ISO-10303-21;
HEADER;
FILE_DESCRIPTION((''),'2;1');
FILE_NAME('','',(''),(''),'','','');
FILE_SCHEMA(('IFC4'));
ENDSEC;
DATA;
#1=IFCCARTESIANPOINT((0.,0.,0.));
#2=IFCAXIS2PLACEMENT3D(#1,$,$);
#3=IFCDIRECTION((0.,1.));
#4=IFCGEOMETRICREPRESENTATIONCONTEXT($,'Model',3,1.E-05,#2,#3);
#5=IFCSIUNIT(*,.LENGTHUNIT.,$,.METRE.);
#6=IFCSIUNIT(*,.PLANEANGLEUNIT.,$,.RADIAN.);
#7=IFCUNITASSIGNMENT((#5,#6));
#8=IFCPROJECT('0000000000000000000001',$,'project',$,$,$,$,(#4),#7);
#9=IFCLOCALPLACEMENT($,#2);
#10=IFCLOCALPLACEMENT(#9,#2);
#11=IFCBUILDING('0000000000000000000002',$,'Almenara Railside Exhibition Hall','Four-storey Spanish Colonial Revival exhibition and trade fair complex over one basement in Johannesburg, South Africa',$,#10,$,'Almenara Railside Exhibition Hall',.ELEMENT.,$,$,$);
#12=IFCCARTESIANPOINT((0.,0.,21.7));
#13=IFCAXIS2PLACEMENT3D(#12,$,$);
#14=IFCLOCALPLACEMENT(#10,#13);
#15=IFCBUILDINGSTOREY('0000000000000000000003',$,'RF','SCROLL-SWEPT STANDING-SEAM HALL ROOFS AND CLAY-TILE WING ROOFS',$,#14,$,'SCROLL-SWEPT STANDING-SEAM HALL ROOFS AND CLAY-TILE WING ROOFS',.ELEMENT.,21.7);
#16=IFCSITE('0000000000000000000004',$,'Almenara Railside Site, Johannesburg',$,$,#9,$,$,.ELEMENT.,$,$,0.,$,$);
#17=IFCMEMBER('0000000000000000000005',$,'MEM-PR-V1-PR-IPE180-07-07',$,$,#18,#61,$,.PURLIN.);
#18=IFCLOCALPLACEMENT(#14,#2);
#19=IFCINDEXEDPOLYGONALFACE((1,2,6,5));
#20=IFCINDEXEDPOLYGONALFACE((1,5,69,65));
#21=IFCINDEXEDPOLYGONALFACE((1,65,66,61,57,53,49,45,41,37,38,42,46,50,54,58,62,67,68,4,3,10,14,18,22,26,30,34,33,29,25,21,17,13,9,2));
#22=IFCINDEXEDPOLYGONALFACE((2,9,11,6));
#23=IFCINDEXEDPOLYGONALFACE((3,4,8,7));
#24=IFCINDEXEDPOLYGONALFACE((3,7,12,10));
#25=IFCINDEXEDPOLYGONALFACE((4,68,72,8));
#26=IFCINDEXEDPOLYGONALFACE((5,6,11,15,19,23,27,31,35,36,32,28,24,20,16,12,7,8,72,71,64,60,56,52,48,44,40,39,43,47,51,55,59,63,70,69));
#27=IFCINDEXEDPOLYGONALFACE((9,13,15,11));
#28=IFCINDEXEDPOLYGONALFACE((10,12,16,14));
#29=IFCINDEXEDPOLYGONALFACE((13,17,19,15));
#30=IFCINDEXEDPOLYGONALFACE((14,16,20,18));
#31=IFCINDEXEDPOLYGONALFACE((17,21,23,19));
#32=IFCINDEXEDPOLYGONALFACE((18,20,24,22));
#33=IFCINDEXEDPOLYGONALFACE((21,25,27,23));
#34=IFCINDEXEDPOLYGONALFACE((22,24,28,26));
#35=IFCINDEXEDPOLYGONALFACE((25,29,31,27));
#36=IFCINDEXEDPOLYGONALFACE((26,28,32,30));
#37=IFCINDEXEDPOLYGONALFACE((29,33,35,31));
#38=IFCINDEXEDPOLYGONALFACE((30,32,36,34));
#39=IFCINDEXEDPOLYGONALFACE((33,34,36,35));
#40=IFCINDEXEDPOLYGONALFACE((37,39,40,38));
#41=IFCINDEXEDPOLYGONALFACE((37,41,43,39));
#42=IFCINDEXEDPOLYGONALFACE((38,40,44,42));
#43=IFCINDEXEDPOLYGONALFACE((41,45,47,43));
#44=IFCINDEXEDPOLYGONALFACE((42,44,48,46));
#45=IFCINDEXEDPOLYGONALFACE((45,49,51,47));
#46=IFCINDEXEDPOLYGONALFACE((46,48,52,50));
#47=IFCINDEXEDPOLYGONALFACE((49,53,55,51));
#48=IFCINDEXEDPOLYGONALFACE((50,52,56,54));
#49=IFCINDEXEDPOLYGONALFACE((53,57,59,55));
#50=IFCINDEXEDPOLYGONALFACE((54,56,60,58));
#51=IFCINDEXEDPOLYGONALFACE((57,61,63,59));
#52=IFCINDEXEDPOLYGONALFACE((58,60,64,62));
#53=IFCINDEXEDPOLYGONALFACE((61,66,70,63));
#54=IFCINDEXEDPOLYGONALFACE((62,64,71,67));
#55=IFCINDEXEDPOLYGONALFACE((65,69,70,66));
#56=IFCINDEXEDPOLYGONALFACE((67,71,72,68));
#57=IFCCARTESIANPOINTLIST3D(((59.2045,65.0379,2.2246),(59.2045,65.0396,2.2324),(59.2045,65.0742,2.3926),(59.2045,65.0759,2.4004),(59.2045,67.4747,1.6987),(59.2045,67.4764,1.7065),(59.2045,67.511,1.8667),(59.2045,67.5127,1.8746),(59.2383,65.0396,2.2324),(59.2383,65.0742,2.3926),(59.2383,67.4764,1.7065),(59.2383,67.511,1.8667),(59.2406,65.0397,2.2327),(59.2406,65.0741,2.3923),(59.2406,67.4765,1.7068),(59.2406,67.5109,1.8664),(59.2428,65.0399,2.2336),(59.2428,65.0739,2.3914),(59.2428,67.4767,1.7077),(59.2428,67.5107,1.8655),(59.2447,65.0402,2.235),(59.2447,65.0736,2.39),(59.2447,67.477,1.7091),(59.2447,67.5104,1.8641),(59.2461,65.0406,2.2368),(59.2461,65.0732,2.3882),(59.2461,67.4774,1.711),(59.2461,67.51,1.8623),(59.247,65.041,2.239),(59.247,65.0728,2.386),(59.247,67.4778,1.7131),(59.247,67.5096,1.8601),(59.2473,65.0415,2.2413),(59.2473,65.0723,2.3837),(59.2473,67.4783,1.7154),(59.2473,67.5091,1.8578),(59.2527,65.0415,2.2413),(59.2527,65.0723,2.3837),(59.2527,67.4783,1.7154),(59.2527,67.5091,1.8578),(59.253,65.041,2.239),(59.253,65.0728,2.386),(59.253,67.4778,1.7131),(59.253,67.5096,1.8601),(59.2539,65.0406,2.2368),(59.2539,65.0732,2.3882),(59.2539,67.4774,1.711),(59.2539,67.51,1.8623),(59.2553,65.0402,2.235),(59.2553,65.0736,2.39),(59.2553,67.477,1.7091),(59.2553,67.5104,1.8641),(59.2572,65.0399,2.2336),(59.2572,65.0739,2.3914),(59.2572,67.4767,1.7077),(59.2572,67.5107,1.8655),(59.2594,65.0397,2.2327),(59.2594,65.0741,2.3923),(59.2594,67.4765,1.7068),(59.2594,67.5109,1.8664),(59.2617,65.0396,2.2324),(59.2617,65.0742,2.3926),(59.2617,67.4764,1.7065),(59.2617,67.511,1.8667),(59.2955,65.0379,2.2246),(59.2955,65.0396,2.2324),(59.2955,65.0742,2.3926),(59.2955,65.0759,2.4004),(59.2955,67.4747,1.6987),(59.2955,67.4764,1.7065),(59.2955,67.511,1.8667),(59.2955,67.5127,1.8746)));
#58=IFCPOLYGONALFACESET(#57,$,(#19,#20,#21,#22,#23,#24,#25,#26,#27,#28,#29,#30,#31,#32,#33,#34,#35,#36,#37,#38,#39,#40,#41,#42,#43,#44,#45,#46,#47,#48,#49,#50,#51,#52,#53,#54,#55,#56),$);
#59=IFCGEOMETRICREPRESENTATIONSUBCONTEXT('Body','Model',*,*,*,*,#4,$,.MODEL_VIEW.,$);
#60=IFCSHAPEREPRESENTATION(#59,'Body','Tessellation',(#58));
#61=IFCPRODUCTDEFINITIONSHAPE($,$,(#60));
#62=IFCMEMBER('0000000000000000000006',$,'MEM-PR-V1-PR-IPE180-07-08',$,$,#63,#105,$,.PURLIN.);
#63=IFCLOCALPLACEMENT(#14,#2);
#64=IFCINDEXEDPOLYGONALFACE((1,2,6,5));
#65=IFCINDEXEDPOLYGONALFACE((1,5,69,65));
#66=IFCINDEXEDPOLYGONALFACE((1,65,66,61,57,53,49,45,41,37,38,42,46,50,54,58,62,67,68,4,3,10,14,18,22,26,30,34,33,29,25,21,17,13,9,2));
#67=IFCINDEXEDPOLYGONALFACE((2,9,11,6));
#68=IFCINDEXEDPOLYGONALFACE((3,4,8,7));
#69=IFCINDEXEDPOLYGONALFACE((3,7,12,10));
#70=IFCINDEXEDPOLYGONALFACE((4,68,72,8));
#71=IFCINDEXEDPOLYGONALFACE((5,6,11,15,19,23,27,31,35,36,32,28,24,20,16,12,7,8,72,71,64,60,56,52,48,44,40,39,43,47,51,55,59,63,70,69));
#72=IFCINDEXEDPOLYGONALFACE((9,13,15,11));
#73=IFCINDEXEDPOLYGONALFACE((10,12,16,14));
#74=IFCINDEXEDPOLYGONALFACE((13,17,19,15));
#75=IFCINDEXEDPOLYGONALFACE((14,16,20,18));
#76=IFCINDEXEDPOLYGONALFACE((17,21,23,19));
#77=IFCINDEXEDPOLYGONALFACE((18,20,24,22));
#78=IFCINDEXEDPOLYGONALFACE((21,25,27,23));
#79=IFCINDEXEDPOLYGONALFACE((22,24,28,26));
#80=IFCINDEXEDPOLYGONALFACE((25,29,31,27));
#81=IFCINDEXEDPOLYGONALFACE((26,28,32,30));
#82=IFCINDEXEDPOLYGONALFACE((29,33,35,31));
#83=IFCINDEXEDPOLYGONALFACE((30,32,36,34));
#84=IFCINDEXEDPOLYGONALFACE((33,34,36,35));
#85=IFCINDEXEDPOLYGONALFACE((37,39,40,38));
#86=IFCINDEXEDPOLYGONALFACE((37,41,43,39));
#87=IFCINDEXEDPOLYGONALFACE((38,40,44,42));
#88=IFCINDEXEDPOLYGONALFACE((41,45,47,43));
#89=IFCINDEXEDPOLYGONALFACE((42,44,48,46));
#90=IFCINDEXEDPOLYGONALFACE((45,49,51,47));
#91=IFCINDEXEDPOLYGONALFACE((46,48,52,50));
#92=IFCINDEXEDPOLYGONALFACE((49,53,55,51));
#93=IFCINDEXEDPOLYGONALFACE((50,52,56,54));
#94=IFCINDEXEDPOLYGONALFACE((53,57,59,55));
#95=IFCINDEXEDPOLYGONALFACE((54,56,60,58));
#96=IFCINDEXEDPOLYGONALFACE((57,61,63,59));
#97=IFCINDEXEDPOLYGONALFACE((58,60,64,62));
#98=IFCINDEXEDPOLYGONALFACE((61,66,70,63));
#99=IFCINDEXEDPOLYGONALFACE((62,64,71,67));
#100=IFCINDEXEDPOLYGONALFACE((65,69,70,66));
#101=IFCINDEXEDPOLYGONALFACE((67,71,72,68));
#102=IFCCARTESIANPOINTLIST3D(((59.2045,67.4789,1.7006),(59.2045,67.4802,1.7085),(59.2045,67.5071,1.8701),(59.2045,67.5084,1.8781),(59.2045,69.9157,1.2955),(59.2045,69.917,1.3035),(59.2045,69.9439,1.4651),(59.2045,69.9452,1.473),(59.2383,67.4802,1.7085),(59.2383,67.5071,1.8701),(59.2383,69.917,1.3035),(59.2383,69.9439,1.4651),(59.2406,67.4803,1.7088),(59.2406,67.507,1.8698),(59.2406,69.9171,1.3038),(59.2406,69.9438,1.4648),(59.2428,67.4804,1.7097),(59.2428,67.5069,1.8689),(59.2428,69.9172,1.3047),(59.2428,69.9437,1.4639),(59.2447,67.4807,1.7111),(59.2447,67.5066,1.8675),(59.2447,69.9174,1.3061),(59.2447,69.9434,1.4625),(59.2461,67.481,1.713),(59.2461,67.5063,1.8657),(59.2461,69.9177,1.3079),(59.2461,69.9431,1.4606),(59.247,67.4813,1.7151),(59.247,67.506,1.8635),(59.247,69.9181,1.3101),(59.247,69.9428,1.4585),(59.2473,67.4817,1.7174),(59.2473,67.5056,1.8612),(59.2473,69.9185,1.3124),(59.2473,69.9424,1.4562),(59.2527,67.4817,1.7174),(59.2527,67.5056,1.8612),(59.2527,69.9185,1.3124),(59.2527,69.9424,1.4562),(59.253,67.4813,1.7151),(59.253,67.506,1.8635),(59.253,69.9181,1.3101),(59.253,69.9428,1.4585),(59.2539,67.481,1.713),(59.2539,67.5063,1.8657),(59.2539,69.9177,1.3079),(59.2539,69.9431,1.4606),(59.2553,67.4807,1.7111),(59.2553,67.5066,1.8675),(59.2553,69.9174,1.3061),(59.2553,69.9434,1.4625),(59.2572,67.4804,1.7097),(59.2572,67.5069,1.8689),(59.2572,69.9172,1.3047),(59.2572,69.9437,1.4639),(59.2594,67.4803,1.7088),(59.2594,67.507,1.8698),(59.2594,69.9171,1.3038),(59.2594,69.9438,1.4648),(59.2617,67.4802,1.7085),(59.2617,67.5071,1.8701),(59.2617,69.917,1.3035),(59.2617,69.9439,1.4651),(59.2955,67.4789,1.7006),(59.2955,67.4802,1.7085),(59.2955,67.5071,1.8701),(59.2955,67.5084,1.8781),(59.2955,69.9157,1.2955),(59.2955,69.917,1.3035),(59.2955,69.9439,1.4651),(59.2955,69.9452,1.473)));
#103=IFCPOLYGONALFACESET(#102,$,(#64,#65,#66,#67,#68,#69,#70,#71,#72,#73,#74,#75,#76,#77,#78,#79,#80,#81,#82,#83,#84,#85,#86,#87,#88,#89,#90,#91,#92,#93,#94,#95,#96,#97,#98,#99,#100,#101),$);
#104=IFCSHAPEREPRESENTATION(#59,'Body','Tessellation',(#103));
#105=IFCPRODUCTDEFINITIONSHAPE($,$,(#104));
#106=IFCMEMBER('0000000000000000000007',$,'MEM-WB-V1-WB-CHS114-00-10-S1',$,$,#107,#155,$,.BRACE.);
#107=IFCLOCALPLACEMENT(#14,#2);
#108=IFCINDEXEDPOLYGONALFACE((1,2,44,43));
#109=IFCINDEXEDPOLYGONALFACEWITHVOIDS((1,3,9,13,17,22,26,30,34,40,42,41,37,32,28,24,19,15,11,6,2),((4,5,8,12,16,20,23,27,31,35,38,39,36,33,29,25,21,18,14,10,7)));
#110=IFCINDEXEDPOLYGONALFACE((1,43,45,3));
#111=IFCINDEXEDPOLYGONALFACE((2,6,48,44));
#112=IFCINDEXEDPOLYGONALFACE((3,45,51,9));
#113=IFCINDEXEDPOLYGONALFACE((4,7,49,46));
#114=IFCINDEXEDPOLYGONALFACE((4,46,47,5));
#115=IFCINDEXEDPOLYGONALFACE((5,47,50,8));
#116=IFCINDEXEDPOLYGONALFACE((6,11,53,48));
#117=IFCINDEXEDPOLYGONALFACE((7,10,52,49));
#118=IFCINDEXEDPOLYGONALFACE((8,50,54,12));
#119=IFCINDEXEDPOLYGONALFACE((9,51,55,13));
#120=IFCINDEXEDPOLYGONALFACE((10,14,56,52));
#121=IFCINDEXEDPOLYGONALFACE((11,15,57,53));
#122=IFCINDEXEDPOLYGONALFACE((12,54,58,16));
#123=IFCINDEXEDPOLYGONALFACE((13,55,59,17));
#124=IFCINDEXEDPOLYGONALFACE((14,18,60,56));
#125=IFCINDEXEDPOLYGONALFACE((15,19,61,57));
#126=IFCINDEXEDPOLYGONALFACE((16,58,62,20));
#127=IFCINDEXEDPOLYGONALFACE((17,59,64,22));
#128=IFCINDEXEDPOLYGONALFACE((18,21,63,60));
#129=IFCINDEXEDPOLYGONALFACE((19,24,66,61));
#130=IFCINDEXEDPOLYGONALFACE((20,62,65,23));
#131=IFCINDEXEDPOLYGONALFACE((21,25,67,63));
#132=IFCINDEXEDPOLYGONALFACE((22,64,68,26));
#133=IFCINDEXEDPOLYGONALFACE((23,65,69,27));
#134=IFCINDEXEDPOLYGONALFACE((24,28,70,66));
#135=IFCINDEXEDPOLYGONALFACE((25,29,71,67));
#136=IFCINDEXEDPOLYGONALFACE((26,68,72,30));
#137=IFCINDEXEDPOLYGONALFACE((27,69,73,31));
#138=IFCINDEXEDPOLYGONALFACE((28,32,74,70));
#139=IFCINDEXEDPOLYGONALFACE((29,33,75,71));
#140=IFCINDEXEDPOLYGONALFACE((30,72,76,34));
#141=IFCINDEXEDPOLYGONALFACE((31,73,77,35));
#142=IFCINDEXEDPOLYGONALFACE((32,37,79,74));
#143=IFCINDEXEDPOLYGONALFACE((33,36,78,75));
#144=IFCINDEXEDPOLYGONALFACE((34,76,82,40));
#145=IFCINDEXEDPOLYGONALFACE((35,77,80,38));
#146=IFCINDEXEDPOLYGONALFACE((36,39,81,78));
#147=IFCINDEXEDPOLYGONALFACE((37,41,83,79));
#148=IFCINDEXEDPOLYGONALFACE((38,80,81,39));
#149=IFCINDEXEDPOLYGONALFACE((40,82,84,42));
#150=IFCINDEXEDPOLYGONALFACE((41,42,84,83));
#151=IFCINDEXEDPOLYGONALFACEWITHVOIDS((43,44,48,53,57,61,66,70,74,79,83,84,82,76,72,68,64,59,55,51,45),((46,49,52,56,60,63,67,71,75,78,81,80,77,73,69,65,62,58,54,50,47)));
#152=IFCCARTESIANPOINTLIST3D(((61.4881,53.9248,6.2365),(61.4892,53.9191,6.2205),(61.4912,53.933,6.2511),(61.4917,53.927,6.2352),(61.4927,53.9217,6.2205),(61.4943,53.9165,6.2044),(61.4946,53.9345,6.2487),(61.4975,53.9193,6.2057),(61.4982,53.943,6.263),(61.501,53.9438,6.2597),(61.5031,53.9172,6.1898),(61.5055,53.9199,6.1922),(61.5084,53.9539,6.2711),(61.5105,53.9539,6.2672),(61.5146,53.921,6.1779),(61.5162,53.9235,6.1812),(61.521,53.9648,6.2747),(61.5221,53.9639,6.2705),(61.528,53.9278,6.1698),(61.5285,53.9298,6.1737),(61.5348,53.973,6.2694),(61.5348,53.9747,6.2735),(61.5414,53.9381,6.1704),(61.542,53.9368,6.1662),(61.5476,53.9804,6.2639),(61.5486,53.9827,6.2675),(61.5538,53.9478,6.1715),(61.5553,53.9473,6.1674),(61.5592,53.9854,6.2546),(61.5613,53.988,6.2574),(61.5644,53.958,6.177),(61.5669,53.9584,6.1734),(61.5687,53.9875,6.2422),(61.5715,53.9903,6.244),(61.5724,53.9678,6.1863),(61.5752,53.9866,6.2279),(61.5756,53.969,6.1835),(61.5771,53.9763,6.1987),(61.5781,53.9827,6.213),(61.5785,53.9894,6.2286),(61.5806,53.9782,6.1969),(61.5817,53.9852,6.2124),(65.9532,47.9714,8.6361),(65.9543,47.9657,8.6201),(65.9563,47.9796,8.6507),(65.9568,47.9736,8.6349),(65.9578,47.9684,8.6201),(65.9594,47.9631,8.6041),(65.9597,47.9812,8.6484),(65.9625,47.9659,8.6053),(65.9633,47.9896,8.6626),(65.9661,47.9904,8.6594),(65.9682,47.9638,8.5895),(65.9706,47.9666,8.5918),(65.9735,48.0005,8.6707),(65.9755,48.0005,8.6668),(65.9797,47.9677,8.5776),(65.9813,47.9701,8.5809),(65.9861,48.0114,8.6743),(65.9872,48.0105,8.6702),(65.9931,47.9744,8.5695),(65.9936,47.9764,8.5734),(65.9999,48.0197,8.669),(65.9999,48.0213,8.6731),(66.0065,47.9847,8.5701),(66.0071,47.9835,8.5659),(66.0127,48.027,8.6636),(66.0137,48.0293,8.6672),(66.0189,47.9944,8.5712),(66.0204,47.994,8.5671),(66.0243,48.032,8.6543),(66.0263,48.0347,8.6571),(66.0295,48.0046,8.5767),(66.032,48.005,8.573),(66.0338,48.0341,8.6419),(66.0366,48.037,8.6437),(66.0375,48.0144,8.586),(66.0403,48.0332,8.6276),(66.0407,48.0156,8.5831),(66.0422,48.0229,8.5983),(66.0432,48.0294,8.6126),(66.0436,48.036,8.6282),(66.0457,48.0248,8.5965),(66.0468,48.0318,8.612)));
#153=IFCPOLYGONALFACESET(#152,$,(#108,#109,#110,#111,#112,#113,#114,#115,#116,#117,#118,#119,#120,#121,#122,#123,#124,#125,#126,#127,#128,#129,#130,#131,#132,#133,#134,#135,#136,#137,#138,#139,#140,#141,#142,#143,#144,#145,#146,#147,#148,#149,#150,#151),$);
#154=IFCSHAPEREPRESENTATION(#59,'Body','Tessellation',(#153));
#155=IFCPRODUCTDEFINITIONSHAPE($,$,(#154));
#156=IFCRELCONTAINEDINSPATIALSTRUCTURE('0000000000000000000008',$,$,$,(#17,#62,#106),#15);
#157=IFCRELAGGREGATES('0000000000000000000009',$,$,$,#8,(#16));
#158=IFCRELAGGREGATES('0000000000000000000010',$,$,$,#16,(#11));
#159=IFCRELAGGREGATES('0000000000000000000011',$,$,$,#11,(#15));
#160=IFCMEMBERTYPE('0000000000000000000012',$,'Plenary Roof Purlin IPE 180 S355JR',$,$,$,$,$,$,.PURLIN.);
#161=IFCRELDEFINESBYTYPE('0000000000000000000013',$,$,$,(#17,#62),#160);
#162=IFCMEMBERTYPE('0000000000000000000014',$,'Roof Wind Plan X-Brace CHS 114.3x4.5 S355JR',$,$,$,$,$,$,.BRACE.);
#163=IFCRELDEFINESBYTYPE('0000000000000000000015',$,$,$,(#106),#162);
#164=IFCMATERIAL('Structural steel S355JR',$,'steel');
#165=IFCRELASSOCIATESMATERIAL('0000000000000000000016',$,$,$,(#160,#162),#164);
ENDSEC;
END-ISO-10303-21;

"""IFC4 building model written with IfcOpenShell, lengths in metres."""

from ifc_helpers import new_model, si_unit, direction, frame, origin, origin_2d, place, context, subcontext, project, spatial, hollow_circle, i_section, extrude, material, material_profile, profile_set, type_object, element, save


model = new_model("IFC4")

# Units and contexts
model_context = context("Model", 3, precision=1e-05, world=origin(), true_north=direction((0.0, 1.0)))
body_context = subcontext(model_context, "Body", "Model", "MODEL_VIEW")
ifc_project = project(units=[si_unit("LENGTHUNIT", "METRE"), si_unit("PLANEANGLEUNIT", "RADIAN")], contexts=[model_context])

# Site, building, storey
site_placement = place(None, origin())
site = spatial("IfcSite", under=ifc_project, at=site_placement, Name="Almenara Railside Site, Johannesburg", CompositionType="ELEMENT", RefElevation=0.0)
building_placement = place(site_placement, origin())
building = spatial("IfcBuilding", under=site, at=building_placement, Name="Almenara Railside Exhibition Hall", Description="Four-storey Spanish Colonial Revival exhibition and trade fair complex over one basement in Johannesburg, South Africa", LongName="Almenara Railside Exhibition Hall", CompositionType="ELEMENT")
storey_placement = place(building_placement, frame((0.0, 0.0, 21.7)))
storey = spatial("IfcBuildingStorey", under=building, at=storey_placement, Name="RF", Description="SCROLL-SWEPT STANDING-SEAM HALL ROOFS AND CLAY-TILE WING ROOFS", LongName="SCROLL-SWEPT STANDING-SEAM HALL ROOFS AND CLAY-TILE WING ROOFS", CompositionType="ELEMENT", Elevation=21.7)

# Shared definitions
ifc_material_1 = material(Name="Structural steel S355JR", Category="steel")

# Members
ifc_material_profile_1 = material_profile(ifc_material_1, i_section(OverallWidth=0.0911, OverallDepth=0.1799, WebThickness=0.0054, FlangeThickness=0.0081, FilletRadius=0.009, at=origin_2d()), Name="IPE 180")
ifc_profile_set_1 = profile_set([ifc_material_profile_1], Name="Structural steel S355JR")
member_type_1 = type_object("IfcMemberType", Name="Plenary Roof Purlin IPE 180 S355JR", PredefinedType="PURLIN", material=ifc_profile_set_1)
member_1_placement = place(storey_placement, frame((59.25, 65.0569, 2.3125), z_axis=(0.0, 0.977496, -0.210953), x_axis=(-1.0, 0.0, 0.0)))
element("IfcMember", 1, at=member_1_placement, inside=storey, type_object=member_type_1, Name="MEM-PR-V1-PR-IPE180-07-07", PredefinedType="PURLIN", context=body_context, shape_type="SweptSolid", body=[
    extrude(i_section(OverallWidth=0.0911, OverallDepth=0.1799, WebThickness=0.0054, FlangeThickness=0.0081, FilletRadius=0.009, at=origin_2d()), origin(), (0.0, 0.0, 1.0), 2.4929),
])
member_2_placement = place(storey_placement, frame((59.25, 67.4937, 1.7893), z_axis=(0.0, 0.986466, -0.163966), x_axis=(-1.0, 0.0, 0.0)))
element("IfcMember", 2, at=member_2_placement, inside=storey, type_object=member_type_1, Name="MEM-PR-V1-PR-IPE180-07-08", PredefinedType="PURLIN", context=body_context, shape_type="SweptSolid", body=[
    extrude(i_section(OverallWidth=0.0911, OverallDepth=0.1799, WebThickness=0.0054, FlangeThickness=0.0081, FilletRadius=0.009, at=origin_2d()), origin(), (0.0, 0.0, 1.0), 2.4702),
])
ifc_material_profile_2 = material_profile(ifc_material_1, hollow_circle(Radius=0.0571, WallThickness=0.0044, at=origin_2d()), Name="CHS 114.3x4.5")
ifc_profile_set_2 = profile_set([ifc_material_profile_2], Name="Structural steel S355JR")
member_type_2 = type_object("IfcMemberType", Name="Roof Wind Plan X-Brace CHS 114.3x4.5 S355JR", PredefinedType="BRACE", material=ifc_profile_set_2)
for number, where, z_axis, x_axis, name in (
    (3, (66.0, 48.0, 8.6201), (-0.57105, 0.76139, -0.306898), (-0.799996, -0.600005, 0.0), "MEM-WB-V1-WB-CHS114-00-10-S1"),
):
    element("IfcMember", number, at=place(storey_placement, frame(where, z_axis=z_axis, x_axis=x_axis)), inside=storey, type_object=member_type_2, Name=name, PredefinedType="BRACE", context=body_context, shape_type="SweptSolid", body=[
        extrude(hollow_circle(Radius=0.0571, WallThickness=0.0044, at=origin_2d()), origin(), (0.0, 0.0, 1.0), 7.8191),
    ])

save(model, "model.ifc")
